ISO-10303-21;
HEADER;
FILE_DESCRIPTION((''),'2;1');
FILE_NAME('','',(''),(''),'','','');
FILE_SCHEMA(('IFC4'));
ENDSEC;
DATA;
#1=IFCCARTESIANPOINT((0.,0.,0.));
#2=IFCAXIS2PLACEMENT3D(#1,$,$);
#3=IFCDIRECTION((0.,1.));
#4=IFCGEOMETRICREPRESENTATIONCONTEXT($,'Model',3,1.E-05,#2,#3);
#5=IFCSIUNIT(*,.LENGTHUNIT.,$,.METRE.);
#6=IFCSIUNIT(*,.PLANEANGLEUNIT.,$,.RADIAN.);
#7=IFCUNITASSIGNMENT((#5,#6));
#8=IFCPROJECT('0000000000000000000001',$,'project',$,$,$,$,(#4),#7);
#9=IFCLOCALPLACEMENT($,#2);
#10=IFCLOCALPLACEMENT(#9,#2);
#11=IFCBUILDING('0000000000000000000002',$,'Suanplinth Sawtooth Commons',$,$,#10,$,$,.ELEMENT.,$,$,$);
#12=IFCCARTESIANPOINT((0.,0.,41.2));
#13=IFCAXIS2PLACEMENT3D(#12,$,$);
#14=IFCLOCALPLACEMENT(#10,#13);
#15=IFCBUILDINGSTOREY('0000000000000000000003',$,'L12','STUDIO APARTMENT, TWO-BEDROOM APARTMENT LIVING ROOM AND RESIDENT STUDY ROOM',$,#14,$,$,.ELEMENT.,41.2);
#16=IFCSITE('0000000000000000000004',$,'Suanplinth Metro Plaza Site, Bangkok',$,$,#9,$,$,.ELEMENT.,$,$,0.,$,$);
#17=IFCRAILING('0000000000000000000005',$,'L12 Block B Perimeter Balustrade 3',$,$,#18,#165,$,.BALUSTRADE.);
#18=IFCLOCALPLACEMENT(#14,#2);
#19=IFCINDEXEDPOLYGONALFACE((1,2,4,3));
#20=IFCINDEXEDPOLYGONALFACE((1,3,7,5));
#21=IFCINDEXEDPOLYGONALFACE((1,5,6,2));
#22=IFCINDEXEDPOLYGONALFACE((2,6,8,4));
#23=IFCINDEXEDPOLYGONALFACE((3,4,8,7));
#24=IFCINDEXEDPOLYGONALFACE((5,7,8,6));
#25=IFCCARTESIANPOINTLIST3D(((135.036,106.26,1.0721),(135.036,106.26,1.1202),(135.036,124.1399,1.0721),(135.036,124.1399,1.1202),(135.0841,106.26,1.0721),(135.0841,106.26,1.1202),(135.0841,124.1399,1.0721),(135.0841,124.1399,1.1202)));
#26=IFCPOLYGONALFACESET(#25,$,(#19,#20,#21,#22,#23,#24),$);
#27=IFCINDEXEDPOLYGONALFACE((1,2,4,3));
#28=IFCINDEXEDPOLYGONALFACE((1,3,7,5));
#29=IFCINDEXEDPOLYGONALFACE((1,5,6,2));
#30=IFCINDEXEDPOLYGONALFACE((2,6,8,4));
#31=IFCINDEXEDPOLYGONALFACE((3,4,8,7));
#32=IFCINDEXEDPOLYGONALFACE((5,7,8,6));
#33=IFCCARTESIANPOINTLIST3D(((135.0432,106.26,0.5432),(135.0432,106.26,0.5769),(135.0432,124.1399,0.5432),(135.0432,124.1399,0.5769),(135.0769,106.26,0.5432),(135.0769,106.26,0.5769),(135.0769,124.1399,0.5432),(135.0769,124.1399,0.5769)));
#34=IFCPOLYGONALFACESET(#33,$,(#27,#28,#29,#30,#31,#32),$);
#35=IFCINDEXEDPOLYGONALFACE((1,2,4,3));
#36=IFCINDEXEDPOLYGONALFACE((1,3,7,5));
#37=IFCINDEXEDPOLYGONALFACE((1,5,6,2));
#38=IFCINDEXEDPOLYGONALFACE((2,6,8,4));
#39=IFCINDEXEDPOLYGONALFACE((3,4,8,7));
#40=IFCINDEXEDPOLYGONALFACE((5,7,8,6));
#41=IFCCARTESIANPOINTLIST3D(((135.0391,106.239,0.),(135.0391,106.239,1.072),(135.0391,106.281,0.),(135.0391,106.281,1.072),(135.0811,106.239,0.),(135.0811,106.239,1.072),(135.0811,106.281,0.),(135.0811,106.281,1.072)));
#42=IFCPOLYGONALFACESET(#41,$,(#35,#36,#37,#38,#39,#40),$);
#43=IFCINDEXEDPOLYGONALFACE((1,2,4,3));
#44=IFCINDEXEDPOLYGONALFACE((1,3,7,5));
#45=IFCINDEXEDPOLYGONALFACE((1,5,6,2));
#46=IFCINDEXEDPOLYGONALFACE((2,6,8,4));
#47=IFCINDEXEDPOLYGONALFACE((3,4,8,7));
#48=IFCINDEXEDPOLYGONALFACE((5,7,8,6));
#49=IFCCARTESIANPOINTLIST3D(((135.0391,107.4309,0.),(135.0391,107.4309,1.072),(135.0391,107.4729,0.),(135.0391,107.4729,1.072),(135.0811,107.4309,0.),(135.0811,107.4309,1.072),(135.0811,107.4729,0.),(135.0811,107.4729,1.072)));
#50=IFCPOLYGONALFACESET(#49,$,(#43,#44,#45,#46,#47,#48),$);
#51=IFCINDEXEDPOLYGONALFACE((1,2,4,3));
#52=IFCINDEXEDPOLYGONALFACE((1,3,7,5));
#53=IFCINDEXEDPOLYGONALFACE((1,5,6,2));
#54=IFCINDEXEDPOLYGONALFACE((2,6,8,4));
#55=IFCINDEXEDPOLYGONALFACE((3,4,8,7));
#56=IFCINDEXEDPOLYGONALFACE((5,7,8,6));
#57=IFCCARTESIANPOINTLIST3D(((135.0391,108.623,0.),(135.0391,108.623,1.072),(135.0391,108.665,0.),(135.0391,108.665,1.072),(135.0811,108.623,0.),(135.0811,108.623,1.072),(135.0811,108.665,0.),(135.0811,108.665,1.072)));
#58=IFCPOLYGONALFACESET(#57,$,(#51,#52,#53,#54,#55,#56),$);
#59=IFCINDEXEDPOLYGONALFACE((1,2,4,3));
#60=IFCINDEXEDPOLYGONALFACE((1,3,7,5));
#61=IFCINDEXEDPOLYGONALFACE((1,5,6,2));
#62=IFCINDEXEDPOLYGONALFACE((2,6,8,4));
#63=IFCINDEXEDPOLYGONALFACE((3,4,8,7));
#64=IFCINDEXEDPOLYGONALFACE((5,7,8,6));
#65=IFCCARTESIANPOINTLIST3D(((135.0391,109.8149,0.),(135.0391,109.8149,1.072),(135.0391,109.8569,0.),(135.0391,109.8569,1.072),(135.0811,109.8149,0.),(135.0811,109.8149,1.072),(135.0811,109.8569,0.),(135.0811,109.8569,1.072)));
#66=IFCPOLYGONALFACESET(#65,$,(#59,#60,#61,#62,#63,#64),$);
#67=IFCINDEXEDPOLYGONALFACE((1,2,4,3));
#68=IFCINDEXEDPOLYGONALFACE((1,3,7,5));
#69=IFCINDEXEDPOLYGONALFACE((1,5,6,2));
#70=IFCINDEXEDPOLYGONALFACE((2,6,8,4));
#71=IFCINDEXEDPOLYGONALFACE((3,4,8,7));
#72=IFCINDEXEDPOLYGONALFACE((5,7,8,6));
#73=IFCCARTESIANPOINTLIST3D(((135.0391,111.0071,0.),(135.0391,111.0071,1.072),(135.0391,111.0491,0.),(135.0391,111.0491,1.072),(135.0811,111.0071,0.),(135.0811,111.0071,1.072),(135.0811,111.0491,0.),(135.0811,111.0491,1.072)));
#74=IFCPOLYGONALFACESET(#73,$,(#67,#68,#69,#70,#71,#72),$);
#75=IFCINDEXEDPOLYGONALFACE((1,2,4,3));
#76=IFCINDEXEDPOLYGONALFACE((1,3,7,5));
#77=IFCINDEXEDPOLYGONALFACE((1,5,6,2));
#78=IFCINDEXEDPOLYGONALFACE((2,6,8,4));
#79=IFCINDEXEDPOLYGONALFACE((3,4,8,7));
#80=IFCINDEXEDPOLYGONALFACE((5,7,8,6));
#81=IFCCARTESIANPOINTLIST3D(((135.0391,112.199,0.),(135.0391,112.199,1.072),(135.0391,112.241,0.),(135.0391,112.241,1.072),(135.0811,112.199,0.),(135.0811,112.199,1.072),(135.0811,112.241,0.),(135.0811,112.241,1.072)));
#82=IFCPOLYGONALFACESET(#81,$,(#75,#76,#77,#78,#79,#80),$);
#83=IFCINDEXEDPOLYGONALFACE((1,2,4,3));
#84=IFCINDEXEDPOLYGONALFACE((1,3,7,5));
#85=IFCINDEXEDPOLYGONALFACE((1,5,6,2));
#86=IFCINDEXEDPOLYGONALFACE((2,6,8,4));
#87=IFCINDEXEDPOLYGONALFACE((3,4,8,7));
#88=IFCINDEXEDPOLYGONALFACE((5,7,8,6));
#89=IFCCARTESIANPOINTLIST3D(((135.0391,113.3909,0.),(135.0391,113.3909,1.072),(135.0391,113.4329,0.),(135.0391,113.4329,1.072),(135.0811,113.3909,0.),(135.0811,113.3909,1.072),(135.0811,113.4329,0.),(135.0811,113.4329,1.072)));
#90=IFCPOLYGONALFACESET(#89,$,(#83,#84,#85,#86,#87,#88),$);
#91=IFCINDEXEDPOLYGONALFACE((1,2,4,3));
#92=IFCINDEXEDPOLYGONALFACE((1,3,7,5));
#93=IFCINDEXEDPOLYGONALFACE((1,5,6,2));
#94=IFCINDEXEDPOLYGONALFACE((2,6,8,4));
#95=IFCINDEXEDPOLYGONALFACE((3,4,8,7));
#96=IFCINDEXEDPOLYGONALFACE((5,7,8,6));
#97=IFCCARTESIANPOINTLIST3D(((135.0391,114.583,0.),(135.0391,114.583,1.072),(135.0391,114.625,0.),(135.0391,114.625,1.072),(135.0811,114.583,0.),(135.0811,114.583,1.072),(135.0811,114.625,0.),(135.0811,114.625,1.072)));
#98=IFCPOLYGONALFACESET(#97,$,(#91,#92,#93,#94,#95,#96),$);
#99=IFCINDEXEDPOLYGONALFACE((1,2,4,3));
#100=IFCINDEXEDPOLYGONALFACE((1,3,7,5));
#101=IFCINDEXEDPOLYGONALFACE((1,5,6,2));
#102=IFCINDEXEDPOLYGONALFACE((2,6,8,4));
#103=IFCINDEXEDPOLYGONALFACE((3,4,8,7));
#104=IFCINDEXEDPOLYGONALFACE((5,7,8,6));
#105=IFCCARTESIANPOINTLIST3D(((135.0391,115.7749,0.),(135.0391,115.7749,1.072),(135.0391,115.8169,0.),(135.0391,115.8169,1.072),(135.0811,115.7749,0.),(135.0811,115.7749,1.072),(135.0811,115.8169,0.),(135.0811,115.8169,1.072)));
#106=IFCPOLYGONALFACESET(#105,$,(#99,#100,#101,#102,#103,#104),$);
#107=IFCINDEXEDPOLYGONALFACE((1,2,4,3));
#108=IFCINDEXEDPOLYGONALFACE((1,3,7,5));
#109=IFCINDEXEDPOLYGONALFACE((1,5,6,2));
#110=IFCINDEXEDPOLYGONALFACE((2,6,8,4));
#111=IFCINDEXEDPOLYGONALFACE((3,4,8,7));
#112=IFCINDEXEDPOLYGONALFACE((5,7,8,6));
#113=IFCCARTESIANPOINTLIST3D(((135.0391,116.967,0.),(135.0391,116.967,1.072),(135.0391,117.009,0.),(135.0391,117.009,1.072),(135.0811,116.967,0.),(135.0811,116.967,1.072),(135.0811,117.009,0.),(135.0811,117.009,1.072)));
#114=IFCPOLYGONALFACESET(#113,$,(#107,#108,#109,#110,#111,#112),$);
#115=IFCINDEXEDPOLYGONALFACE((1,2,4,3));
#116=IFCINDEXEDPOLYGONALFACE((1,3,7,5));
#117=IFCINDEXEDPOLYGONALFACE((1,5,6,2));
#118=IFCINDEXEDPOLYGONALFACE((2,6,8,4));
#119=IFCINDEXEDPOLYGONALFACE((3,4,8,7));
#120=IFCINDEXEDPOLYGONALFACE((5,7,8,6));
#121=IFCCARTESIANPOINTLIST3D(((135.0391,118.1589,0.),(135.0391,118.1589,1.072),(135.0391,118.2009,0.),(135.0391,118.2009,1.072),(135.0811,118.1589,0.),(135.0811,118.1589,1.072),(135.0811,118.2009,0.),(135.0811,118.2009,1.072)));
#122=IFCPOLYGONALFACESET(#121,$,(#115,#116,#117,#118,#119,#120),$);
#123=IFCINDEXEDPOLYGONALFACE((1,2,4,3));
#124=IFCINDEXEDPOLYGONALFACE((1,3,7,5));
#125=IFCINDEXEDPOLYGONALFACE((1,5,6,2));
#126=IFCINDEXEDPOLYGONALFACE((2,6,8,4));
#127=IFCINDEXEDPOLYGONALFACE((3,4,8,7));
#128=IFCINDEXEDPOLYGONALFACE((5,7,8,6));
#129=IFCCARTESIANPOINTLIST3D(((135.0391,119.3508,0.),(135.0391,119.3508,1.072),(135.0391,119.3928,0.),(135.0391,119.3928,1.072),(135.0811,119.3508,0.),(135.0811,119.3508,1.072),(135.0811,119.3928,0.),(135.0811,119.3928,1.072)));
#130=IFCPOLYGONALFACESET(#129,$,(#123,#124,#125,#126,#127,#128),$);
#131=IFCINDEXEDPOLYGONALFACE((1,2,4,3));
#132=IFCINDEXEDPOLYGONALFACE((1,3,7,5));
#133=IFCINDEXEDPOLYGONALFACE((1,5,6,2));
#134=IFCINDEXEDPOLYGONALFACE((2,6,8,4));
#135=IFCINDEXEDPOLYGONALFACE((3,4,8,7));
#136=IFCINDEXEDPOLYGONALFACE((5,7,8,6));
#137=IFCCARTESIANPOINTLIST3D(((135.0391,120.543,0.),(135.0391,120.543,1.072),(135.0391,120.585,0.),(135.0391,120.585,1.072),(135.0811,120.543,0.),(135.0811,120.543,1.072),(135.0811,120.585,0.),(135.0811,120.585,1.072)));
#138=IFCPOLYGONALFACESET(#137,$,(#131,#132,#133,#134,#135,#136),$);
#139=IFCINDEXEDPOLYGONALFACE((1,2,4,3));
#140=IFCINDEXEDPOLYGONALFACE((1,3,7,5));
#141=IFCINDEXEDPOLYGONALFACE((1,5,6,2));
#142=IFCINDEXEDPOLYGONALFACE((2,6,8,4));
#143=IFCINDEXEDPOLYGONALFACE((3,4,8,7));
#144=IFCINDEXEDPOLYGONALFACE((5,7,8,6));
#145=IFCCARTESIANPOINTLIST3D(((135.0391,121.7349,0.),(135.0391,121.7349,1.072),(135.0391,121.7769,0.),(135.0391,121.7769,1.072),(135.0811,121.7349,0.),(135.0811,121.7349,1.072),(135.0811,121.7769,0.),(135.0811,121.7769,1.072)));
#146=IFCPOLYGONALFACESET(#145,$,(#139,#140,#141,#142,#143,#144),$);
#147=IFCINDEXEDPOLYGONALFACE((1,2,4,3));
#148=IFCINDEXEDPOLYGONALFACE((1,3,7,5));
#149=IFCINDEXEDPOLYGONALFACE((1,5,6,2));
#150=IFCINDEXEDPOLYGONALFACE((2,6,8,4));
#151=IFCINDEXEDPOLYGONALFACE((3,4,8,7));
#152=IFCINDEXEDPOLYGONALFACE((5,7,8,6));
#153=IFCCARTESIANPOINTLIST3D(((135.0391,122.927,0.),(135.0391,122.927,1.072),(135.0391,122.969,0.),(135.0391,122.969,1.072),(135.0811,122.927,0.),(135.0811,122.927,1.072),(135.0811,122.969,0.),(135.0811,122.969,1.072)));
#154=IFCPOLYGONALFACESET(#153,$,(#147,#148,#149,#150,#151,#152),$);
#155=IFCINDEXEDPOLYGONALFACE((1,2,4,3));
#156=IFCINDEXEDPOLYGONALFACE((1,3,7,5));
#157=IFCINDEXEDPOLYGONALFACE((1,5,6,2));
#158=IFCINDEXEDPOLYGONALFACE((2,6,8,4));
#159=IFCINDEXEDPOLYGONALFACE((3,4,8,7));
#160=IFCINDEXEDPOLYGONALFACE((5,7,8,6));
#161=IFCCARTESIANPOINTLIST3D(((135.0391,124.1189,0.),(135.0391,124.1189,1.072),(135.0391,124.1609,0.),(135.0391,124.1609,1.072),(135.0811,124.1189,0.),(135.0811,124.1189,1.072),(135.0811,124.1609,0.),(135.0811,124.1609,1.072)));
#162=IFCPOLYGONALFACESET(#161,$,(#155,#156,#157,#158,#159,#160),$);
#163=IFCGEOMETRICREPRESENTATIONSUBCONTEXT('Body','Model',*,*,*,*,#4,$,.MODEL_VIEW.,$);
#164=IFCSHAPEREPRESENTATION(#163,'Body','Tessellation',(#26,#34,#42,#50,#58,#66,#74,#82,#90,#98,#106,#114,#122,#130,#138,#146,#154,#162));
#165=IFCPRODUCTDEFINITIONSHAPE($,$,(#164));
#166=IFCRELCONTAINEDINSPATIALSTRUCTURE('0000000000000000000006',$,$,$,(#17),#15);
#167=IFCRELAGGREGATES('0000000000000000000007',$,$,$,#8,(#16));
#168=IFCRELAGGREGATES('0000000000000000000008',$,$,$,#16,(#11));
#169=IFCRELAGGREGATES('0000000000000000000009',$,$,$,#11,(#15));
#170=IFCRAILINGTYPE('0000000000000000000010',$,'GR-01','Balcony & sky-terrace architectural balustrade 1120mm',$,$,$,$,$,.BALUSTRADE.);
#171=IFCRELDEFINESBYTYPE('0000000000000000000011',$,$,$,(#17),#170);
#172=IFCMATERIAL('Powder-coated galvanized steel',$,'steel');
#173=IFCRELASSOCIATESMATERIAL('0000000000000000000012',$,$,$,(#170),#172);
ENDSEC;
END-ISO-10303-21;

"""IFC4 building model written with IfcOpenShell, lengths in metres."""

from ifc_helpers import new_model, si_unit, direction, frame, origin, origin_2d, place, context, subcontext, project, spatial, rectangle, extrude, material, type_object, element, save


model = new_model("IFC4")

# Units and contexts
model_context = context("Model", 3, precision=1e-05, world=origin(), true_north=direction((0.0, 1.0)))
body_context = subcontext(model_context, "Body", "Model", "MODEL_VIEW")
ifc_project = project(units=[si_unit("LENGTHUNIT", "METRE"), si_unit("PLANEANGLEUNIT", "RADIAN")], contexts=[model_context])

# Site, building, storey
site_placement = place(None, origin())
site = spatial("IfcSite", under=ifc_project, at=site_placement, Name="Suanplinth Metro Plaza Site, Bangkok", CompositionType="ELEMENT", RefElevation=0.0)
building_placement = place(site_placement, origin())
building = spatial("IfcBuilding", under=site, at=building_placement, Name="Suanplinth Sawtooth Commons", CompositionType="ELEMENT")
storey_placement = place(building_placement, frame((0.0, 0.0, 41.2)))
storey = spatial("IfcBuildingStorey", under=building, at=storey_placement, Name="L12", Description="STUDIO APARTMENT, TWO-BEDROOM APARTMENT LIVING ROOM AND RESIDENT STUDY ROOM", CompositionType="ELEMENT", Elevation=41.2)

# Railing
ifc_material_1 = material(Name="Powder-coated galvanized steel", Category="steel")
railing_type = type_object("IfcRailingType", Name="GR-01", Description="Balcony & sky-terrace architectural balustrade 1120mm", PredefinedType="BALUSTRADE", material=ifc_material_1)
railing_1_placement = place(storey_placement, frame((135.0601, 106.26, 0.0)))
element("IfcRailing", 1, at=railing_1_placement, inside=storey, type_object=railing_type, Name="L12 Block B Perimeter Balustrade 3", PredefinedType="BALUSTRADE", context=body_context, shape_type="SweptSolid", body=[
    extrude(rectangle(XDim=0.0481, YDim=0.0481, at=origin_2d()), frame((0.0, 0.0, 1.0962), z_axis=(0.0, 1.0, 0.0), x_axis=(-1.0, 0.0, 0.0)), (0.0, 0.0, 1.0), 17.8799),
    extrude(rectangle(XDim=0.0337, YDim=0.0337, at=origin_2d()), frame((0.0, 0.0, 0.5601), z_axis=(0.0, 1.0, 0.0), x_axis=(-1.0, 0.0, 0.0)), (0.0, 0.0, 1.0), 17.8799),
    extrude(rectangle(XDim=0.042, YDim=0.042, at=origin_2d()), origin(), (0.0, 0.0, 1.0), 1.072),
    extrude(rectangle(XDim=0.042, YDim=0.042, at=origin_2d()), frame((0.0, 1.1919, 0.0)), (0.0, 0.0, 1.0), 1.072),
    extrude(rectangle(XDim=0.042, YDim=0.042, at=origin_2d()), frame((0.0, 2.384, 0.0)), (0.0, 0.0, 1.0), 1.072),
    extrude(rectangle(XDim=0.042, YDim=0.042, at=origin_2d()), frame((0.0, 3.5759, 0.0)), (0.0, 0.0, 1.0), 1.072),
    extrude(rectangle(XDim=0.042, YDim=0.042, at=origin_2d()), frame((0.0, 4.7681, 0.0)), (0.0, 0.0, 1.0), 1.072),
    extrude(rectangle(XDim=0.042, YDim=0.042, at=origin_2d()), frame((0.0, 5.96, 0.0)), (0.0, 0.0, 1.0), 1.072),
    extrude(rectangle(XDim=0.042, YDim=0.042, at=origin_2d()), frame((0.0, 7.1519, 0.0)), (0.0, 0.0, 1.0), 1.072),
    extrude(rectangle(XDim=0.042, YDim=0.042, at=origin_2d()), frame((0.0, 8.344, 0.0)), (0.0, 0.0, 1.0), 1.072),
    extrude(rectangle(XDim=0.042, YDim=0.042, at=origin_2d()), frame((0.0, 9.5359, 0.0)), (0.0, 0.0, 1.0), 1.072),
    extrude(rectangle(XDim=0.042, YDim=0.042, at=origin_2d()), frame((0.0, 10.728, 0.0)), (0.0, 0.0, 1.0), 1.072),
    extrude(rectangle(XDim=0.042, YDim=0.042, at=origin_2d()), frame((0.0, 11.9199, 0.0)), (0.0, 0.0, 1.0), 1.072),
    extrude(rectangle(XDim=0.042, YDim=0.042, at=origin_2d()), frame((0.0, 13.1118, 0.0)), (0.0, 0.0, 1.0), 1.072),
    extrude(rectangle(XDim=0.042, YDim=0.042, at=origin_2d()), frame((0.0, 14.304, 0.0)), (0.0, 0.0, 1.0), 1.072),
    extrude(rectangle(XDim=0.042, YDim=0.042, at=origin_2d()), frame((0.0, 15.4958, 0.0)), (0.0, 0.0, 1.0), 1.072),
    extrude(rectangle(XDim=0.042, YDim=0.042, at=origin_2d()), frame((0.0, 16.688, 0.0)), (0.0, 0.0, 1.0), 1.072),
    extrude(rectangle(XDim=0.042, YDim=0.042, at=origin_2d()), frame((0.0, 17.8799, 0.0)), (0.0, 0.0, 1.0), 1.072),
])

save(model, "model.ifc")
